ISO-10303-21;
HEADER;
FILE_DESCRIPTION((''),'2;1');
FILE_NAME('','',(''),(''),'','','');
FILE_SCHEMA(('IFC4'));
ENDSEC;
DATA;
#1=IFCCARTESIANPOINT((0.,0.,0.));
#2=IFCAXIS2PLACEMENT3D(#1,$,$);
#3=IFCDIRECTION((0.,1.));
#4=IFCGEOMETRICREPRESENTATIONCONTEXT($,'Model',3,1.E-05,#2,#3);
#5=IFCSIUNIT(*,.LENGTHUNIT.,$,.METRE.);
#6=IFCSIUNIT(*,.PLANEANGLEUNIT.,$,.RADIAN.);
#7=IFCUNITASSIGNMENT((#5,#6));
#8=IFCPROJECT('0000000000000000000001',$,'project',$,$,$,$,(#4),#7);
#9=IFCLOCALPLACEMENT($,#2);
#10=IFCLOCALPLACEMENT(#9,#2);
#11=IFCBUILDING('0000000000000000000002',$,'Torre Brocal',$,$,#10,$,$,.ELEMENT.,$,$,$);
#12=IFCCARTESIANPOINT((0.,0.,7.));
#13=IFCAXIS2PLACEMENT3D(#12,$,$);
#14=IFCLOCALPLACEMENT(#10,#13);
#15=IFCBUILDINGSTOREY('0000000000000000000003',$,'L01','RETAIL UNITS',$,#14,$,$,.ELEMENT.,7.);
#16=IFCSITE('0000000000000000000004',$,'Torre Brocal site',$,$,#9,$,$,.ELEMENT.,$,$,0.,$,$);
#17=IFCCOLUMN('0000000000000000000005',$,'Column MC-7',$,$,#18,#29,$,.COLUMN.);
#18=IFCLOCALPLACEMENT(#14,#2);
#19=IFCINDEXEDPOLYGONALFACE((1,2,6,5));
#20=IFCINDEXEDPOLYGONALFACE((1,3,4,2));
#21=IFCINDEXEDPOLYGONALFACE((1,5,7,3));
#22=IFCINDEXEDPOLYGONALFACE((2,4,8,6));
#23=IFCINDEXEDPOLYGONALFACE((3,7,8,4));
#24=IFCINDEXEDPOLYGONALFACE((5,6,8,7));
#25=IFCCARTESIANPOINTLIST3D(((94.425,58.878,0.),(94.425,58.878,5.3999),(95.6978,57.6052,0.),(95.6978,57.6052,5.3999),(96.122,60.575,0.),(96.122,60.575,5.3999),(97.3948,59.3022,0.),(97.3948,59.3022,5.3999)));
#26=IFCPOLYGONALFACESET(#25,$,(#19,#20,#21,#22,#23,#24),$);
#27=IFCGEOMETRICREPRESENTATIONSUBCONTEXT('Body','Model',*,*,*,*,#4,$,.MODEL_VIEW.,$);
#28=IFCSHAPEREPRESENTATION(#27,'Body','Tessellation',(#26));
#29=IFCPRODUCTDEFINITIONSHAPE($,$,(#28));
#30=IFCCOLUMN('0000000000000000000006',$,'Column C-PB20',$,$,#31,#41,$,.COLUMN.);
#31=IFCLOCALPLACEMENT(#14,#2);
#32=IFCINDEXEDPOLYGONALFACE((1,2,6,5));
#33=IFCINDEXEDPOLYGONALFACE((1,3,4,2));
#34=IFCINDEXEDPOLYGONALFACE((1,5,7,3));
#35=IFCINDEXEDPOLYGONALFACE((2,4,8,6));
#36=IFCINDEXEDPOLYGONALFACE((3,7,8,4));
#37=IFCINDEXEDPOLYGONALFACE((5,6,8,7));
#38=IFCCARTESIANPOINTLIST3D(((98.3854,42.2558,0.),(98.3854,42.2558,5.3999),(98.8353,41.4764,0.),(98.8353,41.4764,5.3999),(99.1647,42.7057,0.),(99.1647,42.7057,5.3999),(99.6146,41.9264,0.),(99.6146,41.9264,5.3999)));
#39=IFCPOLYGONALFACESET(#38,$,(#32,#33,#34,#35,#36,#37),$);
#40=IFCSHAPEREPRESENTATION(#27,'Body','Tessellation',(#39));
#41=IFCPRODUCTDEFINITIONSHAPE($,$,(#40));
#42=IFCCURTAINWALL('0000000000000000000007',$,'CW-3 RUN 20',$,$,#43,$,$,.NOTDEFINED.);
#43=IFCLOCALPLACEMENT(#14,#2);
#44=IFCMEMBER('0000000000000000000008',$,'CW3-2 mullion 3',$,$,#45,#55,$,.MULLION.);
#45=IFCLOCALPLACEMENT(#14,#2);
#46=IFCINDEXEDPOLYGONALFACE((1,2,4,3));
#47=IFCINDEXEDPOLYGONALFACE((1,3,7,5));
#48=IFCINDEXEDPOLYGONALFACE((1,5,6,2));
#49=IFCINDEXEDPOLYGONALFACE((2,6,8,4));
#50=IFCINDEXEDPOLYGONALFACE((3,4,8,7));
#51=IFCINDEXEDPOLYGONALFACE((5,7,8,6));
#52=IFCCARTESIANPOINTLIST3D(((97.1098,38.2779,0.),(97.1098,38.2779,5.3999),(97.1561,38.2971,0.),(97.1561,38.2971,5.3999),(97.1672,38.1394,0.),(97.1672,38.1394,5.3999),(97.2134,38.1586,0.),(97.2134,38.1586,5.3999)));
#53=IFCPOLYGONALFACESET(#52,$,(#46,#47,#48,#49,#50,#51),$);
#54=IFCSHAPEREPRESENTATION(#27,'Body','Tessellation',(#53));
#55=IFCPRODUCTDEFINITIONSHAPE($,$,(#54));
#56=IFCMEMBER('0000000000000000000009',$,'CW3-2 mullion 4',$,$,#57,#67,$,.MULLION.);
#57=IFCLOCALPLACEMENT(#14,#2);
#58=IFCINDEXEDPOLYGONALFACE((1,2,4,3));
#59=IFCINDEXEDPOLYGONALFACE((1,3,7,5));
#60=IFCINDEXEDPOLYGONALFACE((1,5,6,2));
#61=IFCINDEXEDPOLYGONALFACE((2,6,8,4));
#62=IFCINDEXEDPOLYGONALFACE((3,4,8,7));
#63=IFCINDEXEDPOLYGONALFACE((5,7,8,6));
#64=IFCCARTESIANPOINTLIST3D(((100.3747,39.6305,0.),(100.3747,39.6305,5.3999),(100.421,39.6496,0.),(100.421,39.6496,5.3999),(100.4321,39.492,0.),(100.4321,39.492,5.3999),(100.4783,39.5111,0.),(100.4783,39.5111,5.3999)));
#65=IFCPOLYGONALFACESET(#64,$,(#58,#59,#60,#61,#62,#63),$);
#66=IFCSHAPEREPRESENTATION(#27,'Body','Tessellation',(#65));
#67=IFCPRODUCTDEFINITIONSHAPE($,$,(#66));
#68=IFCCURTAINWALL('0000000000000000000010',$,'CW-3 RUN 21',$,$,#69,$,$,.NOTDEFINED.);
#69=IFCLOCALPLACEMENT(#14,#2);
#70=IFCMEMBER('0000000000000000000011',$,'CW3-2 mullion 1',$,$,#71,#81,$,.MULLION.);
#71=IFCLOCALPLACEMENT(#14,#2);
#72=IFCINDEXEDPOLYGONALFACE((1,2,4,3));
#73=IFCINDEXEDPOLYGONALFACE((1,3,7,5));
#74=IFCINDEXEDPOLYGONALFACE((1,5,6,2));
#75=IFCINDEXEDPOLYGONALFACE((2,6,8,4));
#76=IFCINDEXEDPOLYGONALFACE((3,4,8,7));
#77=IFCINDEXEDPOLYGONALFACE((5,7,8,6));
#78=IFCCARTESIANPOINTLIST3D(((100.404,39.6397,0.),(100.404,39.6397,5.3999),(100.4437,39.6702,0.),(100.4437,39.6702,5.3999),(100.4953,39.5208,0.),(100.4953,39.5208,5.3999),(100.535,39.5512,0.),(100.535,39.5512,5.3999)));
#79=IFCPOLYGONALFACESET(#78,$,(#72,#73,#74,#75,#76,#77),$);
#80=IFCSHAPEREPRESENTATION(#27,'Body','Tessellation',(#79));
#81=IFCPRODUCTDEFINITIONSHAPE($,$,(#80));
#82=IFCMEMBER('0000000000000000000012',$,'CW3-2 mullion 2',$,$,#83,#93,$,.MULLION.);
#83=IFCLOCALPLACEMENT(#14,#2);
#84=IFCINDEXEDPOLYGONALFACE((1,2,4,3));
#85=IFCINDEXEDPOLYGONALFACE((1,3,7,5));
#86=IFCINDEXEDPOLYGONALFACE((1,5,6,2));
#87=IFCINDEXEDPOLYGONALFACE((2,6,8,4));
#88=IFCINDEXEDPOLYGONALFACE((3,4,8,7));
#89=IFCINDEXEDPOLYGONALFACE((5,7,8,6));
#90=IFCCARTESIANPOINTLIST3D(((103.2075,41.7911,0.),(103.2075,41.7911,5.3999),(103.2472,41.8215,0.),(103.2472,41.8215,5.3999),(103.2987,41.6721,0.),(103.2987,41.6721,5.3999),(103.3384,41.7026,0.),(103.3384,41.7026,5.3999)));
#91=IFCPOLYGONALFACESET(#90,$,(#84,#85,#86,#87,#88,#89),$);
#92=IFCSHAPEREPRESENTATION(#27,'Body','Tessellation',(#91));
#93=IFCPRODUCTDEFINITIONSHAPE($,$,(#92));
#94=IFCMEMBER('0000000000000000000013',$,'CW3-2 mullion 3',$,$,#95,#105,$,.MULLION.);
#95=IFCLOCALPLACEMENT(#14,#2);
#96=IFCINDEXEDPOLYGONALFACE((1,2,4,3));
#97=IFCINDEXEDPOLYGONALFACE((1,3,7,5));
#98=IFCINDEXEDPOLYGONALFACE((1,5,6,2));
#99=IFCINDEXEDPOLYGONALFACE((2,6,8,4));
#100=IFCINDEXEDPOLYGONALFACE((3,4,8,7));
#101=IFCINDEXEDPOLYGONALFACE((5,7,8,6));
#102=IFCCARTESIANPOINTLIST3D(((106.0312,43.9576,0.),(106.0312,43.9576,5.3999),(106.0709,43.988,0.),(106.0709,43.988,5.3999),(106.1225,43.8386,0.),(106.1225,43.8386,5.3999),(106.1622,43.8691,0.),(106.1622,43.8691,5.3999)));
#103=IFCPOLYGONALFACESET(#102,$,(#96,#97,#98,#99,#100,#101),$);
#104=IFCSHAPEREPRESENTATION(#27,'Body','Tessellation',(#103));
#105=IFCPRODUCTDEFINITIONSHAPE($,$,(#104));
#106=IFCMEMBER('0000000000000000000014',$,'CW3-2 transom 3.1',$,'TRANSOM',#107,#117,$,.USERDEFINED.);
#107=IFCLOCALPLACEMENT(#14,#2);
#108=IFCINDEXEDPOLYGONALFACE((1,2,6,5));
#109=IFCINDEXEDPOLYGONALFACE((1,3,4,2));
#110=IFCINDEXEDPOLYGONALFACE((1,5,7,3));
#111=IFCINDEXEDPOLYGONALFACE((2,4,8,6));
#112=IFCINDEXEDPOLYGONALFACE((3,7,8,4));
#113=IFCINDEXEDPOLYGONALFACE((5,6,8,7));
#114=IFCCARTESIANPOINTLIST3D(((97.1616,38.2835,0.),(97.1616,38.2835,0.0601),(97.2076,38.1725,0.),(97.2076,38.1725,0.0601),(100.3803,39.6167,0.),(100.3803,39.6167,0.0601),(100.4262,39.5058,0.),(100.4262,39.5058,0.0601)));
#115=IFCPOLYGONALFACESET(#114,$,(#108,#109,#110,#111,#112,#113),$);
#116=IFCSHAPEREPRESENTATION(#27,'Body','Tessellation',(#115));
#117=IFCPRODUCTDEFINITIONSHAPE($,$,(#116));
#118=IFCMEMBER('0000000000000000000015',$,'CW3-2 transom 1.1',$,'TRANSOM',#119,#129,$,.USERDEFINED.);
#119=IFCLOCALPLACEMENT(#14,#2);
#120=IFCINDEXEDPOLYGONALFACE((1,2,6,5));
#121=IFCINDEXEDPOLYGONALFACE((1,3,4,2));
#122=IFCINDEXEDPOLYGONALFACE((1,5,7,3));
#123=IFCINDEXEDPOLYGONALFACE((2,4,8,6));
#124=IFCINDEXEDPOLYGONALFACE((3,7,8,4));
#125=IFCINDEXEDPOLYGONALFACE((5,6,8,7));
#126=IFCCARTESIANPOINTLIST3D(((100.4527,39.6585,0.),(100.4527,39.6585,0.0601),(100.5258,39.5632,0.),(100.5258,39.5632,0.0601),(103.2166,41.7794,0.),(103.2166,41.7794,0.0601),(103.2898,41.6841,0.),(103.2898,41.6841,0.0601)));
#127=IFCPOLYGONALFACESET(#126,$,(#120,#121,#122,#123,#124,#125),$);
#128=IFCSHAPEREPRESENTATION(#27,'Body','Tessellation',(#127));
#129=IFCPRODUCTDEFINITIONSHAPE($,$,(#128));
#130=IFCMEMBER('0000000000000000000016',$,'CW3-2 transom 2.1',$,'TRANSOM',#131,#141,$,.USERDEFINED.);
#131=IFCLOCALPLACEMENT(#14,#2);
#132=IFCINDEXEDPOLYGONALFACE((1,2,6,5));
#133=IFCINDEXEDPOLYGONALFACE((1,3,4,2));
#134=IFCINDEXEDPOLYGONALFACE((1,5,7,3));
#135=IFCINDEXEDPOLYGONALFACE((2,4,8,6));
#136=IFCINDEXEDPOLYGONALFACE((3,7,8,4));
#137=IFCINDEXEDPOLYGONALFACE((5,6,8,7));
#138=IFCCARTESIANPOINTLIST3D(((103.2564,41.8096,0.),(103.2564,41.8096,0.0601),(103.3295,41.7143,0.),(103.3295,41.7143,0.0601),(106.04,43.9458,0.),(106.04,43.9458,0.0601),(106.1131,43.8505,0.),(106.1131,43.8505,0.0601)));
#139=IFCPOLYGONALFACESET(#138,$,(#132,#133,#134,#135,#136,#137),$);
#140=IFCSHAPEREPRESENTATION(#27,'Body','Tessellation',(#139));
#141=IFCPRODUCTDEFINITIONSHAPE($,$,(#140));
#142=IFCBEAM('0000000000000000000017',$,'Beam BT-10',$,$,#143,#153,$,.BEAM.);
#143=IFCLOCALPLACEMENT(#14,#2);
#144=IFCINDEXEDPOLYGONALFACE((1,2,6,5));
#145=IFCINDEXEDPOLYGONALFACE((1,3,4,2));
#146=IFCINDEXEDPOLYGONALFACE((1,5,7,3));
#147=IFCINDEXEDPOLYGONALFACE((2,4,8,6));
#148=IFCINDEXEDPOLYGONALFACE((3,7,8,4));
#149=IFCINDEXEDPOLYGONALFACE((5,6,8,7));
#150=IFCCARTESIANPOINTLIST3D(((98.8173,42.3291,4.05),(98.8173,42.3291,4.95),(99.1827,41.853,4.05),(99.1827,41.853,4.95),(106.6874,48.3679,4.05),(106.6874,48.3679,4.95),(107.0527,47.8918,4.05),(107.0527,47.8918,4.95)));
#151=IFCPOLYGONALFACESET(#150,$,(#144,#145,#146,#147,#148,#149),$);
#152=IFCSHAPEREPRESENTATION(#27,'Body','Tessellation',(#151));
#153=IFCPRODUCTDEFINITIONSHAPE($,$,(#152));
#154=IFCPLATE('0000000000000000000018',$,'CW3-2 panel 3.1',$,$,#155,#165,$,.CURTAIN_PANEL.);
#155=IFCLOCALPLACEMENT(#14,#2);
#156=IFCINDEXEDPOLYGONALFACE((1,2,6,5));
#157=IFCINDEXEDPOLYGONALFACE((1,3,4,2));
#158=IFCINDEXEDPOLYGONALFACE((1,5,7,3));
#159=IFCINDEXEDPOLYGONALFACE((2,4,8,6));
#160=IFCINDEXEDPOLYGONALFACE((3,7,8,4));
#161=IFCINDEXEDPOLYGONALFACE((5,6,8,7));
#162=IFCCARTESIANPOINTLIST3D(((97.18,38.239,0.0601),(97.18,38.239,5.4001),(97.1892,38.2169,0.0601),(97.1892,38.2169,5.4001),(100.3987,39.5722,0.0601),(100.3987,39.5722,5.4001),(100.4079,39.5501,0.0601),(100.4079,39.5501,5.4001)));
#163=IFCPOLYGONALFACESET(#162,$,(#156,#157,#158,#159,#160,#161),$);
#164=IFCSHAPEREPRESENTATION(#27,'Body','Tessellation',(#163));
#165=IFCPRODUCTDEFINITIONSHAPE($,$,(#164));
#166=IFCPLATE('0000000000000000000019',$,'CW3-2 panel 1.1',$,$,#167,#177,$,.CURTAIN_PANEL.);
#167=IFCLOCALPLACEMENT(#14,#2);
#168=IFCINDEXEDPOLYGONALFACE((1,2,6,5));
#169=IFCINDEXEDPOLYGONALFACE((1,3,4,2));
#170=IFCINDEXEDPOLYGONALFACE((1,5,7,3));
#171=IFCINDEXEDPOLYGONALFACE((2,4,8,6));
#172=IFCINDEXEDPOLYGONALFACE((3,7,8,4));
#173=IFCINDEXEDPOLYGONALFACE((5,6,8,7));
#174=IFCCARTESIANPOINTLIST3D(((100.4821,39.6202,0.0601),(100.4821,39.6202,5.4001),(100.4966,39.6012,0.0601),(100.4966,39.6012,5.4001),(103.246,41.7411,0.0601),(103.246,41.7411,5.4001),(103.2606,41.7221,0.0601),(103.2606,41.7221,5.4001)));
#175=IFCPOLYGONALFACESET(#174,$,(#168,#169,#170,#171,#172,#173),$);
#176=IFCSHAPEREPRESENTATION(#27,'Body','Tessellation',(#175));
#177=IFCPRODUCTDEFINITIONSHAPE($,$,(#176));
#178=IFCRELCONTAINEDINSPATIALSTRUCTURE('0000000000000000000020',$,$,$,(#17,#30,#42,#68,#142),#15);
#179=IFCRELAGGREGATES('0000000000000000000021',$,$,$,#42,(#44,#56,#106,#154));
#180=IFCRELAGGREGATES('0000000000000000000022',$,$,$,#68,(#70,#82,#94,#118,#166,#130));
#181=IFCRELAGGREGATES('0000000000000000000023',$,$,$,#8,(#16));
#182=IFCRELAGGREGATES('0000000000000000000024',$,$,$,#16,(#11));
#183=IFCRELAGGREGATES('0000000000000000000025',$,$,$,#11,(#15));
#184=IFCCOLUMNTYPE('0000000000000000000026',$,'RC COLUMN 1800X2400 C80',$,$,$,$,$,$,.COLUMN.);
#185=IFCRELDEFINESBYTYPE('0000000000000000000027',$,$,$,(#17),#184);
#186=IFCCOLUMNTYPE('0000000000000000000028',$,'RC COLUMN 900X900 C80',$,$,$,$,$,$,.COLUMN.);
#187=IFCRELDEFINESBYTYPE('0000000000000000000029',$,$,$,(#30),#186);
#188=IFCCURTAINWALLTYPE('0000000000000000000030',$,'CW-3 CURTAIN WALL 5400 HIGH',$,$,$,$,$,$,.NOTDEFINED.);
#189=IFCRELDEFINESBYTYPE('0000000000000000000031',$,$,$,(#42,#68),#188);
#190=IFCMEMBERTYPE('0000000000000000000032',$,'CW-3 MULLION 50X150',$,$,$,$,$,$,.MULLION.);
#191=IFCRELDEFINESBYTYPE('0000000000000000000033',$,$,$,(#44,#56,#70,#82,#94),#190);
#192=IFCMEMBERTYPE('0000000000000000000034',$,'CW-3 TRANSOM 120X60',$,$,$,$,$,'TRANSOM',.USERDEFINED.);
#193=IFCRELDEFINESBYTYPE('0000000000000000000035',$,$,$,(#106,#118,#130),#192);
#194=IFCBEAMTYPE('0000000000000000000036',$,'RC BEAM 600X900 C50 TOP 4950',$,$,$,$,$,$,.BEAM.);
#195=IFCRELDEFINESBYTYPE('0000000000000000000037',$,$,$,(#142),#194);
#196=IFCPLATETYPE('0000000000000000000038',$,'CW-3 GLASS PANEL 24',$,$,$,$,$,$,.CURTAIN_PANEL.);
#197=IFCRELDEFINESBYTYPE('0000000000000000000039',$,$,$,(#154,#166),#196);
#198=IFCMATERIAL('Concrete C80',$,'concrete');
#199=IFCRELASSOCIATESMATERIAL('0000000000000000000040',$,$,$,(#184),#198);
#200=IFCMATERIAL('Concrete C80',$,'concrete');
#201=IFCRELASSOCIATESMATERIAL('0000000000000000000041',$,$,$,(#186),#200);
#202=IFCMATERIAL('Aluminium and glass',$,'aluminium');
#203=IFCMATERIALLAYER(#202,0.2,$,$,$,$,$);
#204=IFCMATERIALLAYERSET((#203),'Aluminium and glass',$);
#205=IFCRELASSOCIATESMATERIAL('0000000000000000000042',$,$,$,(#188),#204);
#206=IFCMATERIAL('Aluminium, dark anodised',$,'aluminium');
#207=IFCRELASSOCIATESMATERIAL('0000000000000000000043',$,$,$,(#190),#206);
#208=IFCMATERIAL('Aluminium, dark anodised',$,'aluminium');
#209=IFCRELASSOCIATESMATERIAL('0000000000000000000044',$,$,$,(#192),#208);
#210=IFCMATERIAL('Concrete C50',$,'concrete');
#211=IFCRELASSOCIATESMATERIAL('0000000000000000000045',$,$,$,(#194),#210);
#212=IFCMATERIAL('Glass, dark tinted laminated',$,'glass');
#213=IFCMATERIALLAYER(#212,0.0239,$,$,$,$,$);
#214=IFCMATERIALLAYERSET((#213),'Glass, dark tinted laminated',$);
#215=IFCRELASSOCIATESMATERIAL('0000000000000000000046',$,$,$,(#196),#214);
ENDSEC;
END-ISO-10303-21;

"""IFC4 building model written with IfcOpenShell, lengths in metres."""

from ifc_helpers import new_model, si_unit, direction, frame, origin, origin_2d, place, context, subcontext, project, spatial, rectangle, extrude, material, layer, layer_set, material_profile, profile_set, type_object, element, aggregate, save


model = new_model("IFC4")

# Units and contexts
model_context = context("Model", 3, precision=1e-05, world=origin(), true_north=direction((0.0, 1.0)))
body_context = subcontext(model_context, "Body", "Model", "MODEL_VIEW")
ifc_project = project(units=[si_unit("LENGTHUNIT", "METRE"), si_unit("PLANEANGLEUNIT", "RADIAN")], contexts=[model_context])

# Site, building, storey
site_placement = place(None, origin())
site = spatial("IfcSite", under=ifc_project, at=site_placement, Name="Torre Brocal site", CompositionType="ELEMENT", RefElevation=0.0)
building_placement = place(site_placement, origin())
building = spatial("IfcBuilding", under=site, at=building_placement, Name="Torre Brocal", CompositionType="ELEMENT")
storey_placement = place(building_placement, frame((0.0, 0.0, 7.0)))
storey = spatial("IfcBuildingStorey", under=building, at=storey_placement, Name="L01", Description="RETAIL UNITS", CompositionType="ELEMENT", Elevation=7.0)

# Columns
ifc_material_1 = material(Name="Concrete C80", Category="concrete")
ifc_material_profile_1 = material_profile(ifc_material_1, rectangle(XDim=1.8, YDim=2.3999, at=origin_2d()), Name="RC 1800X2400")
ifc_profile_set_1 = profile_set([ifc_material_profile_1], Name="Concrete C80")
column_type_1 = type_object("IfcColumnType", Name="RC COLUMN 1800X2400 C80", PredefinedType="COLUMN", material=ifc_profile_set_1)
column_1_placement = place(storey_placement, frame((95.9099, 59.0901, 0.0), z_axis=(0.0, 0.0, 1.0), x_axis=(0.707107, -0.707107, 0.0)))
element("IfcColumn", 1, at=column_1_placement, inside=storey, type_object=column_type_1, Name="Column MC-7", PredefinedType="COLUMN", context=body_context, shape_type="SweptSolid", body=[
    extrude(rectangle(XDim=1.8, YDim=2.3999, at=origin_2d()), origin(), (0.0, 0.0, 1.0), 5.3999),
])
ifc_material_2 = material(Name="Concrete C80", Category="concrete")
ifc_material_profile_2 = material_profile(ifc_material_2, rectangle(XDim=0.8999, YDim=0.8999, at=origin_2d()), Name="RC 900X900")
ifc_profile_set_2 = profile_set([ifc_material_profile_2], Name="Concrete C80")
column_type_2 = type_object("IfcColumnType", Name="RC COLUMN 900X900 C80", PredefinedType="COLUMN", material=ifc_profile_set_2)
column_2_placement = place(storey_placement, frame((99.0, 42.0911, 0.0), z_axis=(0.0, 0.0, 1.0), x_axis=(0.5, -0.866025, 0.0)))
element("IfcColumn", 2, at=column_2_placement, inside=storey, type_object=column_type_2, Name="Column C-PB20", PredefinedType="COLUMN", context=body_context, shape_type="SweptSolid", body=[
    extrude(rectangle(XDim=0.8999, YDim=0.8999, at=origin_2d()), origin(), (0.0, 0.0, 1.0), 5.3999),
])

# Curtain walls, members
ifc_material_3 = material(Name="Aluminium and glass", Category="aluminium")
ifc_layer_1 = layer(ifc_material_3, 0.2)
ifc_layer_set_1 = layer_set([ifc_layer_1], Name="Aluminium and glass")
curtain_wall_type = type_object("IfcCurtainWallType", Name="CW-3 CURTAIN WALL 5400 HIGH", PredefinedType="NOTDEFINED", material=ifc_layer_set_1)
curtain_wall_1_placement = place(storey_placement, origin())
curtain_wall_1 = element("IfcCurtainWall", 3, at=curtain_wall_1_placement, inside=storey, type_object=curtain_wall_type, Name="CW-3 RUN 20", PredefinedType="NOTDEFINED")
ifc_material_4 = material(Name="Aluminium, dark anodised", Category="aluminium")
ifc_material_profile_3 = material_profile(ifc_material_4, rectangle(XDim=0.1499, YDim=0.05, at=origin_2d()), Name="CW-3 MULLION 50X150")
ifc_profile_set_3 = profile_set([ifc_material_profile_3], Name="Aluminium, dark anodised")
member_type_1 = type_object("IfcMemberType", Name="CW-3 MULLION 50X150", PredefinedType="MULLION", material=ifc_profile_set_3)
member_1_placement = place(storey_placement, frame((97.1616, 38.2183, 0.0), z_axis=(0.0, 0.0, 1.0), x_axis=(-0.382683, 0.92388, 0.0)))
member_1 = element("IfcMember", 4, at=member_1_placement, type_object=member_type_1, Name="CW3-2 mullion 3", PredefinedType="MULLION", context=body_context, shape_type="SweptSolid", body=[
    extrude(rectangle(XDim=0.1499, YDim=0.05, at=origin_2d()), origin(), (0.0, 0.0, 1.0), 5.3999),
])
member_2_placement = place(storey_placement, frame((100.4265, 39.5708, 0.0), z_axis=(0.0, 0.0, 1.0), x_axis=(-0.382683, 0.92388, 0.0)))
member_2 = element("IfcMember", 5, at=member_2_placement, type_object=member_type_1, Name="CW3-2 mullion 4", PredefinedType="MULLION", context=body_context, shape_type="SweptSolid", body=[
    extrude(rectangle(XDim=0.1499, YDim=0.05, at=origin_2d()), origin(), (0.0, 0.0, 1.0), 5.3999),
])
curtain_wall_2_placement = place(storey_placement, origin())
curtain_wall_2 = element("IfcCurtainWall", 6, at=curtain_wall_2_placement, inside=storey, type_object=curtain_wall_type, Name="CW-3 RUN 21", PredefinedType="NOTDEFINED")
member_3_placement = place(storey_placement, frame((100.4695, 39.5955, 0.0), z_axis=(0.0, 0.0, 1.0), x_axis=(-0.608761, 0.793353, 0.0)))
member_3 = element("IfcMember", 7, at=member_3_placement, type_object=member_type_1, Name="CW3-2 mullion 1", PredefinedType="MULLION", context=body_context, shape_type="SweptSolid", body=[
    extrude(rectangle(XDim=0.1499, YDim=0.05, at=origin_2d()), origin(), (0.0, 0.0, 1.0), 5.3999),
])
member_4_placement = place(storey_placement, frame((103.2729, 41.7468, 0.0), z_axis=(0.0, 0.0, 1.0), x_axis=(-0.608761, 0.793353, 0.0)))
member_4 = element("IfcMember", 8, at=member_4_placement, type_object=member_type_1, Name="CW3-2 mullion 2", PredefinedType="MULLION", context=body_context, shape_type="SweptSolid", body=[
    extrude(rectangle(XDim=0.1499, YDim=0.05, at=origin_2d()), origin(), (0.0, 0.0, 1.0), 5.3999),
])
member_5_placement = place(storey_placement, frame((106.0967, 43.9133, 0.0), z_axis=(0.0, 0.0, 1.0), x_axis=(-0.608761, 0.793353, 0.0)))
member_5 = element("IfcMember", 9, at=member_5_placement, type_object=member_type_1, Name="CW3-2 mullion 3", PredefinedType="MULLION", context=body_context, shape_type="SweptSolid", body=[
    extrude(rectangle(XDim=0.1499, YDim=0.05, at=origin_2d()), origin(), (0.0, 0.0, 1.0), 5.3999),
])

# Members
ifc_material_5 = material(Name="Aluminium, dark anodised", Category="aluminium")
ifc_material_profile_4 = material_profile(ifc_material_5, rectangle(XDim=0.1201, YDim=0.0601, at=origin_2d()), Name="CW-3 TRANSOM 120X60")
ifc_profile_set_4 = profile_set([ifc_material_profile_4], Name="Aluminium, dark anodised")
member_type_2 = type_object("IfcMemberType", Name="CW-3 TRANSOM 120X60", ElementType="TRANSOM", PredefinedType="USERDEFINED", material=ifc_profile_set_4)
member_6_placement = place(storey_placement, frame((97.1846, 38.228, 0.03), z_axis=(0.923879, 0.382684, 0.0), x_axis=(-0.382684, 0.923879, 0.0)))
member_6 = element("IfcMember", 10, at=member_6_placement, type_object=member_type_2, Name="CW3-2 transom 3.1", ObjectType="TRANSOM", PredefinedType="USERDEFINED", context=body_context, shape_type="SweptSolid", body=[
    extrude(rectangle(XDim=0.1201, YDim=0.0601, at=origin_2d()), origin(), (0.0, 0.0, 1.0), 3.4839),
])
member_7_placement = place(storey_placement, frame((100.4893, 39.6108, 0.03), z_axis=(0.79335, 0.608765, 0.0), x_axis=(-0.608765, 0.79335, 0.0)))
member_7 = element("IfcMember", 11, at=member_7_placement, type_object=member_type_2, Name="CW3-2 transom 1.1", ObjectType="TRANSOM", PredefinedType="USERDEFINED", context=body_context, shape_type="SweptSolid", body=[
    extrude(rectangle(XDim=0.1201, YDim=0.0601, at=origin_2d()), origin(), (0.0, 0.0, 1.0), 3.4839),
])
member_8_placement = place(storey_placement, frame((103.293, 41.762, 0.03), z_axis=(0.793322, 0.608802, 0.0), x_axis=(-0.608802, 0.793322, 0.0)))
member_8 = element("IfcMember", 12, at=member_8_placement, type_object=member_type_2, Name="CW3-2 transom 2.1", ObjectType="TRANSOM", PredefinedType="USERDEFINED", context=body_context, shape_type="SweptSolid", body=[
    extrude(rectangle(XDim=0.1201, YDim=0.0601, at=origin_2d()), origin(), (0.0, 0.0, 1.0), 3.5088),
])

# Beam
ifc_material_6 = material(Name="Concrete C50", Category="concrete")
ifc_material_profile_5 = material_profile(ifc_material_6, rectangle(XDim=0.6001, YDim=0.8999, at=origin_2d()), Name="RC 600X900")
ifc_profile_set_5 = profile_set([ifc_material_profile_5], Name="Concrete C50")
beam_type = type_object("IfcBeamType", Name="RC BEAM 600X900 C50 TOP 4950", PredefinedType="BEAM", material=ifc_profile_set_5)
beam_placement = place(storey_placement, frame((99.0, 42.0911, 4.5), z_axis=(0.79336, 0.608753, 0.0), x_axis=(-0.608753, 0.79336, 0.0)))
element("IfcBeam", 13, at=beam_placement, inside=storey, type_object=beam_type, Name="Beam BT-10", PredefinedType="BEAM", context=body_context, shape_type="SweptSolid", body=[
    extrude(rectangle(XDim=0.6001, YDim=0.8999, at=origin_2d()), origin(), (0.0, 0.0, 1.0), 9.9199),
])

# Plates
ifc_material_7 = material(Name="Glass, dark tinted laminated", Category="glass")
ifc_layer_2 = layer(ifc_material_7, 0.0239)
ifc_layer_set_2 = layer_set([ifc_layer_2], Name="Glass, dark tinted laminated")
plate_type = type_object("IfcPlateType", Name="CW-3 GLASS PANEL 24", PredefinedType="CURTAIN_PANEL", material=ifc_layer_set_2)
plate_1_placement = place(storey_placement, frame((98.7939, 38.8945, 0.0601), z_axis=(0.0, 0.0, 1.0), x_axis=(0.92388, 0.382683, 0.0)))
plate_1 = element("IfcPlate", 14, at=plate_1_placement, type_object=plate_type, Name="CW3-2 panel 3.1", PredefinedType="CURTAIN_PANEL", context=body_context, shape_type="SweptSolid", body=[
    extrude(rectangle(XDim=3.4839, YDim=0.0239, at=origin_2d()), origin(), (0.0, 0.0, 1.0), 5.3401),
])
aggregate(curtain_wall_1, [member_1, member_2, member_6, plate_1])
plate_2_placement = place(storey_placement, frame((101.8713, 40.6711, 0.0601), z_axis=(0.0, 0.0, 1.0), x_axis=(0.793353, 0.608761, 0.0)))
plate_2 = element("IfcPlate", 15, at=plate_2_placement, type_object=plate_type, Name="CW3-2 panel 1.1", PredefinedType="CURTAIN_PANEL", context=body_context, shape_type="SweptSolid", body=[
    extrude(rectangle(XDim=3.4839, YDim=0.0239, at=origin_2d()), origin(), (0.0, 0.0, 1.0), 5.3401),
])
aggregate(curtain_wall_2, [member_3, member_4, member_5, member_7, plate_2, member_8])

save(model, "model.ifc")
